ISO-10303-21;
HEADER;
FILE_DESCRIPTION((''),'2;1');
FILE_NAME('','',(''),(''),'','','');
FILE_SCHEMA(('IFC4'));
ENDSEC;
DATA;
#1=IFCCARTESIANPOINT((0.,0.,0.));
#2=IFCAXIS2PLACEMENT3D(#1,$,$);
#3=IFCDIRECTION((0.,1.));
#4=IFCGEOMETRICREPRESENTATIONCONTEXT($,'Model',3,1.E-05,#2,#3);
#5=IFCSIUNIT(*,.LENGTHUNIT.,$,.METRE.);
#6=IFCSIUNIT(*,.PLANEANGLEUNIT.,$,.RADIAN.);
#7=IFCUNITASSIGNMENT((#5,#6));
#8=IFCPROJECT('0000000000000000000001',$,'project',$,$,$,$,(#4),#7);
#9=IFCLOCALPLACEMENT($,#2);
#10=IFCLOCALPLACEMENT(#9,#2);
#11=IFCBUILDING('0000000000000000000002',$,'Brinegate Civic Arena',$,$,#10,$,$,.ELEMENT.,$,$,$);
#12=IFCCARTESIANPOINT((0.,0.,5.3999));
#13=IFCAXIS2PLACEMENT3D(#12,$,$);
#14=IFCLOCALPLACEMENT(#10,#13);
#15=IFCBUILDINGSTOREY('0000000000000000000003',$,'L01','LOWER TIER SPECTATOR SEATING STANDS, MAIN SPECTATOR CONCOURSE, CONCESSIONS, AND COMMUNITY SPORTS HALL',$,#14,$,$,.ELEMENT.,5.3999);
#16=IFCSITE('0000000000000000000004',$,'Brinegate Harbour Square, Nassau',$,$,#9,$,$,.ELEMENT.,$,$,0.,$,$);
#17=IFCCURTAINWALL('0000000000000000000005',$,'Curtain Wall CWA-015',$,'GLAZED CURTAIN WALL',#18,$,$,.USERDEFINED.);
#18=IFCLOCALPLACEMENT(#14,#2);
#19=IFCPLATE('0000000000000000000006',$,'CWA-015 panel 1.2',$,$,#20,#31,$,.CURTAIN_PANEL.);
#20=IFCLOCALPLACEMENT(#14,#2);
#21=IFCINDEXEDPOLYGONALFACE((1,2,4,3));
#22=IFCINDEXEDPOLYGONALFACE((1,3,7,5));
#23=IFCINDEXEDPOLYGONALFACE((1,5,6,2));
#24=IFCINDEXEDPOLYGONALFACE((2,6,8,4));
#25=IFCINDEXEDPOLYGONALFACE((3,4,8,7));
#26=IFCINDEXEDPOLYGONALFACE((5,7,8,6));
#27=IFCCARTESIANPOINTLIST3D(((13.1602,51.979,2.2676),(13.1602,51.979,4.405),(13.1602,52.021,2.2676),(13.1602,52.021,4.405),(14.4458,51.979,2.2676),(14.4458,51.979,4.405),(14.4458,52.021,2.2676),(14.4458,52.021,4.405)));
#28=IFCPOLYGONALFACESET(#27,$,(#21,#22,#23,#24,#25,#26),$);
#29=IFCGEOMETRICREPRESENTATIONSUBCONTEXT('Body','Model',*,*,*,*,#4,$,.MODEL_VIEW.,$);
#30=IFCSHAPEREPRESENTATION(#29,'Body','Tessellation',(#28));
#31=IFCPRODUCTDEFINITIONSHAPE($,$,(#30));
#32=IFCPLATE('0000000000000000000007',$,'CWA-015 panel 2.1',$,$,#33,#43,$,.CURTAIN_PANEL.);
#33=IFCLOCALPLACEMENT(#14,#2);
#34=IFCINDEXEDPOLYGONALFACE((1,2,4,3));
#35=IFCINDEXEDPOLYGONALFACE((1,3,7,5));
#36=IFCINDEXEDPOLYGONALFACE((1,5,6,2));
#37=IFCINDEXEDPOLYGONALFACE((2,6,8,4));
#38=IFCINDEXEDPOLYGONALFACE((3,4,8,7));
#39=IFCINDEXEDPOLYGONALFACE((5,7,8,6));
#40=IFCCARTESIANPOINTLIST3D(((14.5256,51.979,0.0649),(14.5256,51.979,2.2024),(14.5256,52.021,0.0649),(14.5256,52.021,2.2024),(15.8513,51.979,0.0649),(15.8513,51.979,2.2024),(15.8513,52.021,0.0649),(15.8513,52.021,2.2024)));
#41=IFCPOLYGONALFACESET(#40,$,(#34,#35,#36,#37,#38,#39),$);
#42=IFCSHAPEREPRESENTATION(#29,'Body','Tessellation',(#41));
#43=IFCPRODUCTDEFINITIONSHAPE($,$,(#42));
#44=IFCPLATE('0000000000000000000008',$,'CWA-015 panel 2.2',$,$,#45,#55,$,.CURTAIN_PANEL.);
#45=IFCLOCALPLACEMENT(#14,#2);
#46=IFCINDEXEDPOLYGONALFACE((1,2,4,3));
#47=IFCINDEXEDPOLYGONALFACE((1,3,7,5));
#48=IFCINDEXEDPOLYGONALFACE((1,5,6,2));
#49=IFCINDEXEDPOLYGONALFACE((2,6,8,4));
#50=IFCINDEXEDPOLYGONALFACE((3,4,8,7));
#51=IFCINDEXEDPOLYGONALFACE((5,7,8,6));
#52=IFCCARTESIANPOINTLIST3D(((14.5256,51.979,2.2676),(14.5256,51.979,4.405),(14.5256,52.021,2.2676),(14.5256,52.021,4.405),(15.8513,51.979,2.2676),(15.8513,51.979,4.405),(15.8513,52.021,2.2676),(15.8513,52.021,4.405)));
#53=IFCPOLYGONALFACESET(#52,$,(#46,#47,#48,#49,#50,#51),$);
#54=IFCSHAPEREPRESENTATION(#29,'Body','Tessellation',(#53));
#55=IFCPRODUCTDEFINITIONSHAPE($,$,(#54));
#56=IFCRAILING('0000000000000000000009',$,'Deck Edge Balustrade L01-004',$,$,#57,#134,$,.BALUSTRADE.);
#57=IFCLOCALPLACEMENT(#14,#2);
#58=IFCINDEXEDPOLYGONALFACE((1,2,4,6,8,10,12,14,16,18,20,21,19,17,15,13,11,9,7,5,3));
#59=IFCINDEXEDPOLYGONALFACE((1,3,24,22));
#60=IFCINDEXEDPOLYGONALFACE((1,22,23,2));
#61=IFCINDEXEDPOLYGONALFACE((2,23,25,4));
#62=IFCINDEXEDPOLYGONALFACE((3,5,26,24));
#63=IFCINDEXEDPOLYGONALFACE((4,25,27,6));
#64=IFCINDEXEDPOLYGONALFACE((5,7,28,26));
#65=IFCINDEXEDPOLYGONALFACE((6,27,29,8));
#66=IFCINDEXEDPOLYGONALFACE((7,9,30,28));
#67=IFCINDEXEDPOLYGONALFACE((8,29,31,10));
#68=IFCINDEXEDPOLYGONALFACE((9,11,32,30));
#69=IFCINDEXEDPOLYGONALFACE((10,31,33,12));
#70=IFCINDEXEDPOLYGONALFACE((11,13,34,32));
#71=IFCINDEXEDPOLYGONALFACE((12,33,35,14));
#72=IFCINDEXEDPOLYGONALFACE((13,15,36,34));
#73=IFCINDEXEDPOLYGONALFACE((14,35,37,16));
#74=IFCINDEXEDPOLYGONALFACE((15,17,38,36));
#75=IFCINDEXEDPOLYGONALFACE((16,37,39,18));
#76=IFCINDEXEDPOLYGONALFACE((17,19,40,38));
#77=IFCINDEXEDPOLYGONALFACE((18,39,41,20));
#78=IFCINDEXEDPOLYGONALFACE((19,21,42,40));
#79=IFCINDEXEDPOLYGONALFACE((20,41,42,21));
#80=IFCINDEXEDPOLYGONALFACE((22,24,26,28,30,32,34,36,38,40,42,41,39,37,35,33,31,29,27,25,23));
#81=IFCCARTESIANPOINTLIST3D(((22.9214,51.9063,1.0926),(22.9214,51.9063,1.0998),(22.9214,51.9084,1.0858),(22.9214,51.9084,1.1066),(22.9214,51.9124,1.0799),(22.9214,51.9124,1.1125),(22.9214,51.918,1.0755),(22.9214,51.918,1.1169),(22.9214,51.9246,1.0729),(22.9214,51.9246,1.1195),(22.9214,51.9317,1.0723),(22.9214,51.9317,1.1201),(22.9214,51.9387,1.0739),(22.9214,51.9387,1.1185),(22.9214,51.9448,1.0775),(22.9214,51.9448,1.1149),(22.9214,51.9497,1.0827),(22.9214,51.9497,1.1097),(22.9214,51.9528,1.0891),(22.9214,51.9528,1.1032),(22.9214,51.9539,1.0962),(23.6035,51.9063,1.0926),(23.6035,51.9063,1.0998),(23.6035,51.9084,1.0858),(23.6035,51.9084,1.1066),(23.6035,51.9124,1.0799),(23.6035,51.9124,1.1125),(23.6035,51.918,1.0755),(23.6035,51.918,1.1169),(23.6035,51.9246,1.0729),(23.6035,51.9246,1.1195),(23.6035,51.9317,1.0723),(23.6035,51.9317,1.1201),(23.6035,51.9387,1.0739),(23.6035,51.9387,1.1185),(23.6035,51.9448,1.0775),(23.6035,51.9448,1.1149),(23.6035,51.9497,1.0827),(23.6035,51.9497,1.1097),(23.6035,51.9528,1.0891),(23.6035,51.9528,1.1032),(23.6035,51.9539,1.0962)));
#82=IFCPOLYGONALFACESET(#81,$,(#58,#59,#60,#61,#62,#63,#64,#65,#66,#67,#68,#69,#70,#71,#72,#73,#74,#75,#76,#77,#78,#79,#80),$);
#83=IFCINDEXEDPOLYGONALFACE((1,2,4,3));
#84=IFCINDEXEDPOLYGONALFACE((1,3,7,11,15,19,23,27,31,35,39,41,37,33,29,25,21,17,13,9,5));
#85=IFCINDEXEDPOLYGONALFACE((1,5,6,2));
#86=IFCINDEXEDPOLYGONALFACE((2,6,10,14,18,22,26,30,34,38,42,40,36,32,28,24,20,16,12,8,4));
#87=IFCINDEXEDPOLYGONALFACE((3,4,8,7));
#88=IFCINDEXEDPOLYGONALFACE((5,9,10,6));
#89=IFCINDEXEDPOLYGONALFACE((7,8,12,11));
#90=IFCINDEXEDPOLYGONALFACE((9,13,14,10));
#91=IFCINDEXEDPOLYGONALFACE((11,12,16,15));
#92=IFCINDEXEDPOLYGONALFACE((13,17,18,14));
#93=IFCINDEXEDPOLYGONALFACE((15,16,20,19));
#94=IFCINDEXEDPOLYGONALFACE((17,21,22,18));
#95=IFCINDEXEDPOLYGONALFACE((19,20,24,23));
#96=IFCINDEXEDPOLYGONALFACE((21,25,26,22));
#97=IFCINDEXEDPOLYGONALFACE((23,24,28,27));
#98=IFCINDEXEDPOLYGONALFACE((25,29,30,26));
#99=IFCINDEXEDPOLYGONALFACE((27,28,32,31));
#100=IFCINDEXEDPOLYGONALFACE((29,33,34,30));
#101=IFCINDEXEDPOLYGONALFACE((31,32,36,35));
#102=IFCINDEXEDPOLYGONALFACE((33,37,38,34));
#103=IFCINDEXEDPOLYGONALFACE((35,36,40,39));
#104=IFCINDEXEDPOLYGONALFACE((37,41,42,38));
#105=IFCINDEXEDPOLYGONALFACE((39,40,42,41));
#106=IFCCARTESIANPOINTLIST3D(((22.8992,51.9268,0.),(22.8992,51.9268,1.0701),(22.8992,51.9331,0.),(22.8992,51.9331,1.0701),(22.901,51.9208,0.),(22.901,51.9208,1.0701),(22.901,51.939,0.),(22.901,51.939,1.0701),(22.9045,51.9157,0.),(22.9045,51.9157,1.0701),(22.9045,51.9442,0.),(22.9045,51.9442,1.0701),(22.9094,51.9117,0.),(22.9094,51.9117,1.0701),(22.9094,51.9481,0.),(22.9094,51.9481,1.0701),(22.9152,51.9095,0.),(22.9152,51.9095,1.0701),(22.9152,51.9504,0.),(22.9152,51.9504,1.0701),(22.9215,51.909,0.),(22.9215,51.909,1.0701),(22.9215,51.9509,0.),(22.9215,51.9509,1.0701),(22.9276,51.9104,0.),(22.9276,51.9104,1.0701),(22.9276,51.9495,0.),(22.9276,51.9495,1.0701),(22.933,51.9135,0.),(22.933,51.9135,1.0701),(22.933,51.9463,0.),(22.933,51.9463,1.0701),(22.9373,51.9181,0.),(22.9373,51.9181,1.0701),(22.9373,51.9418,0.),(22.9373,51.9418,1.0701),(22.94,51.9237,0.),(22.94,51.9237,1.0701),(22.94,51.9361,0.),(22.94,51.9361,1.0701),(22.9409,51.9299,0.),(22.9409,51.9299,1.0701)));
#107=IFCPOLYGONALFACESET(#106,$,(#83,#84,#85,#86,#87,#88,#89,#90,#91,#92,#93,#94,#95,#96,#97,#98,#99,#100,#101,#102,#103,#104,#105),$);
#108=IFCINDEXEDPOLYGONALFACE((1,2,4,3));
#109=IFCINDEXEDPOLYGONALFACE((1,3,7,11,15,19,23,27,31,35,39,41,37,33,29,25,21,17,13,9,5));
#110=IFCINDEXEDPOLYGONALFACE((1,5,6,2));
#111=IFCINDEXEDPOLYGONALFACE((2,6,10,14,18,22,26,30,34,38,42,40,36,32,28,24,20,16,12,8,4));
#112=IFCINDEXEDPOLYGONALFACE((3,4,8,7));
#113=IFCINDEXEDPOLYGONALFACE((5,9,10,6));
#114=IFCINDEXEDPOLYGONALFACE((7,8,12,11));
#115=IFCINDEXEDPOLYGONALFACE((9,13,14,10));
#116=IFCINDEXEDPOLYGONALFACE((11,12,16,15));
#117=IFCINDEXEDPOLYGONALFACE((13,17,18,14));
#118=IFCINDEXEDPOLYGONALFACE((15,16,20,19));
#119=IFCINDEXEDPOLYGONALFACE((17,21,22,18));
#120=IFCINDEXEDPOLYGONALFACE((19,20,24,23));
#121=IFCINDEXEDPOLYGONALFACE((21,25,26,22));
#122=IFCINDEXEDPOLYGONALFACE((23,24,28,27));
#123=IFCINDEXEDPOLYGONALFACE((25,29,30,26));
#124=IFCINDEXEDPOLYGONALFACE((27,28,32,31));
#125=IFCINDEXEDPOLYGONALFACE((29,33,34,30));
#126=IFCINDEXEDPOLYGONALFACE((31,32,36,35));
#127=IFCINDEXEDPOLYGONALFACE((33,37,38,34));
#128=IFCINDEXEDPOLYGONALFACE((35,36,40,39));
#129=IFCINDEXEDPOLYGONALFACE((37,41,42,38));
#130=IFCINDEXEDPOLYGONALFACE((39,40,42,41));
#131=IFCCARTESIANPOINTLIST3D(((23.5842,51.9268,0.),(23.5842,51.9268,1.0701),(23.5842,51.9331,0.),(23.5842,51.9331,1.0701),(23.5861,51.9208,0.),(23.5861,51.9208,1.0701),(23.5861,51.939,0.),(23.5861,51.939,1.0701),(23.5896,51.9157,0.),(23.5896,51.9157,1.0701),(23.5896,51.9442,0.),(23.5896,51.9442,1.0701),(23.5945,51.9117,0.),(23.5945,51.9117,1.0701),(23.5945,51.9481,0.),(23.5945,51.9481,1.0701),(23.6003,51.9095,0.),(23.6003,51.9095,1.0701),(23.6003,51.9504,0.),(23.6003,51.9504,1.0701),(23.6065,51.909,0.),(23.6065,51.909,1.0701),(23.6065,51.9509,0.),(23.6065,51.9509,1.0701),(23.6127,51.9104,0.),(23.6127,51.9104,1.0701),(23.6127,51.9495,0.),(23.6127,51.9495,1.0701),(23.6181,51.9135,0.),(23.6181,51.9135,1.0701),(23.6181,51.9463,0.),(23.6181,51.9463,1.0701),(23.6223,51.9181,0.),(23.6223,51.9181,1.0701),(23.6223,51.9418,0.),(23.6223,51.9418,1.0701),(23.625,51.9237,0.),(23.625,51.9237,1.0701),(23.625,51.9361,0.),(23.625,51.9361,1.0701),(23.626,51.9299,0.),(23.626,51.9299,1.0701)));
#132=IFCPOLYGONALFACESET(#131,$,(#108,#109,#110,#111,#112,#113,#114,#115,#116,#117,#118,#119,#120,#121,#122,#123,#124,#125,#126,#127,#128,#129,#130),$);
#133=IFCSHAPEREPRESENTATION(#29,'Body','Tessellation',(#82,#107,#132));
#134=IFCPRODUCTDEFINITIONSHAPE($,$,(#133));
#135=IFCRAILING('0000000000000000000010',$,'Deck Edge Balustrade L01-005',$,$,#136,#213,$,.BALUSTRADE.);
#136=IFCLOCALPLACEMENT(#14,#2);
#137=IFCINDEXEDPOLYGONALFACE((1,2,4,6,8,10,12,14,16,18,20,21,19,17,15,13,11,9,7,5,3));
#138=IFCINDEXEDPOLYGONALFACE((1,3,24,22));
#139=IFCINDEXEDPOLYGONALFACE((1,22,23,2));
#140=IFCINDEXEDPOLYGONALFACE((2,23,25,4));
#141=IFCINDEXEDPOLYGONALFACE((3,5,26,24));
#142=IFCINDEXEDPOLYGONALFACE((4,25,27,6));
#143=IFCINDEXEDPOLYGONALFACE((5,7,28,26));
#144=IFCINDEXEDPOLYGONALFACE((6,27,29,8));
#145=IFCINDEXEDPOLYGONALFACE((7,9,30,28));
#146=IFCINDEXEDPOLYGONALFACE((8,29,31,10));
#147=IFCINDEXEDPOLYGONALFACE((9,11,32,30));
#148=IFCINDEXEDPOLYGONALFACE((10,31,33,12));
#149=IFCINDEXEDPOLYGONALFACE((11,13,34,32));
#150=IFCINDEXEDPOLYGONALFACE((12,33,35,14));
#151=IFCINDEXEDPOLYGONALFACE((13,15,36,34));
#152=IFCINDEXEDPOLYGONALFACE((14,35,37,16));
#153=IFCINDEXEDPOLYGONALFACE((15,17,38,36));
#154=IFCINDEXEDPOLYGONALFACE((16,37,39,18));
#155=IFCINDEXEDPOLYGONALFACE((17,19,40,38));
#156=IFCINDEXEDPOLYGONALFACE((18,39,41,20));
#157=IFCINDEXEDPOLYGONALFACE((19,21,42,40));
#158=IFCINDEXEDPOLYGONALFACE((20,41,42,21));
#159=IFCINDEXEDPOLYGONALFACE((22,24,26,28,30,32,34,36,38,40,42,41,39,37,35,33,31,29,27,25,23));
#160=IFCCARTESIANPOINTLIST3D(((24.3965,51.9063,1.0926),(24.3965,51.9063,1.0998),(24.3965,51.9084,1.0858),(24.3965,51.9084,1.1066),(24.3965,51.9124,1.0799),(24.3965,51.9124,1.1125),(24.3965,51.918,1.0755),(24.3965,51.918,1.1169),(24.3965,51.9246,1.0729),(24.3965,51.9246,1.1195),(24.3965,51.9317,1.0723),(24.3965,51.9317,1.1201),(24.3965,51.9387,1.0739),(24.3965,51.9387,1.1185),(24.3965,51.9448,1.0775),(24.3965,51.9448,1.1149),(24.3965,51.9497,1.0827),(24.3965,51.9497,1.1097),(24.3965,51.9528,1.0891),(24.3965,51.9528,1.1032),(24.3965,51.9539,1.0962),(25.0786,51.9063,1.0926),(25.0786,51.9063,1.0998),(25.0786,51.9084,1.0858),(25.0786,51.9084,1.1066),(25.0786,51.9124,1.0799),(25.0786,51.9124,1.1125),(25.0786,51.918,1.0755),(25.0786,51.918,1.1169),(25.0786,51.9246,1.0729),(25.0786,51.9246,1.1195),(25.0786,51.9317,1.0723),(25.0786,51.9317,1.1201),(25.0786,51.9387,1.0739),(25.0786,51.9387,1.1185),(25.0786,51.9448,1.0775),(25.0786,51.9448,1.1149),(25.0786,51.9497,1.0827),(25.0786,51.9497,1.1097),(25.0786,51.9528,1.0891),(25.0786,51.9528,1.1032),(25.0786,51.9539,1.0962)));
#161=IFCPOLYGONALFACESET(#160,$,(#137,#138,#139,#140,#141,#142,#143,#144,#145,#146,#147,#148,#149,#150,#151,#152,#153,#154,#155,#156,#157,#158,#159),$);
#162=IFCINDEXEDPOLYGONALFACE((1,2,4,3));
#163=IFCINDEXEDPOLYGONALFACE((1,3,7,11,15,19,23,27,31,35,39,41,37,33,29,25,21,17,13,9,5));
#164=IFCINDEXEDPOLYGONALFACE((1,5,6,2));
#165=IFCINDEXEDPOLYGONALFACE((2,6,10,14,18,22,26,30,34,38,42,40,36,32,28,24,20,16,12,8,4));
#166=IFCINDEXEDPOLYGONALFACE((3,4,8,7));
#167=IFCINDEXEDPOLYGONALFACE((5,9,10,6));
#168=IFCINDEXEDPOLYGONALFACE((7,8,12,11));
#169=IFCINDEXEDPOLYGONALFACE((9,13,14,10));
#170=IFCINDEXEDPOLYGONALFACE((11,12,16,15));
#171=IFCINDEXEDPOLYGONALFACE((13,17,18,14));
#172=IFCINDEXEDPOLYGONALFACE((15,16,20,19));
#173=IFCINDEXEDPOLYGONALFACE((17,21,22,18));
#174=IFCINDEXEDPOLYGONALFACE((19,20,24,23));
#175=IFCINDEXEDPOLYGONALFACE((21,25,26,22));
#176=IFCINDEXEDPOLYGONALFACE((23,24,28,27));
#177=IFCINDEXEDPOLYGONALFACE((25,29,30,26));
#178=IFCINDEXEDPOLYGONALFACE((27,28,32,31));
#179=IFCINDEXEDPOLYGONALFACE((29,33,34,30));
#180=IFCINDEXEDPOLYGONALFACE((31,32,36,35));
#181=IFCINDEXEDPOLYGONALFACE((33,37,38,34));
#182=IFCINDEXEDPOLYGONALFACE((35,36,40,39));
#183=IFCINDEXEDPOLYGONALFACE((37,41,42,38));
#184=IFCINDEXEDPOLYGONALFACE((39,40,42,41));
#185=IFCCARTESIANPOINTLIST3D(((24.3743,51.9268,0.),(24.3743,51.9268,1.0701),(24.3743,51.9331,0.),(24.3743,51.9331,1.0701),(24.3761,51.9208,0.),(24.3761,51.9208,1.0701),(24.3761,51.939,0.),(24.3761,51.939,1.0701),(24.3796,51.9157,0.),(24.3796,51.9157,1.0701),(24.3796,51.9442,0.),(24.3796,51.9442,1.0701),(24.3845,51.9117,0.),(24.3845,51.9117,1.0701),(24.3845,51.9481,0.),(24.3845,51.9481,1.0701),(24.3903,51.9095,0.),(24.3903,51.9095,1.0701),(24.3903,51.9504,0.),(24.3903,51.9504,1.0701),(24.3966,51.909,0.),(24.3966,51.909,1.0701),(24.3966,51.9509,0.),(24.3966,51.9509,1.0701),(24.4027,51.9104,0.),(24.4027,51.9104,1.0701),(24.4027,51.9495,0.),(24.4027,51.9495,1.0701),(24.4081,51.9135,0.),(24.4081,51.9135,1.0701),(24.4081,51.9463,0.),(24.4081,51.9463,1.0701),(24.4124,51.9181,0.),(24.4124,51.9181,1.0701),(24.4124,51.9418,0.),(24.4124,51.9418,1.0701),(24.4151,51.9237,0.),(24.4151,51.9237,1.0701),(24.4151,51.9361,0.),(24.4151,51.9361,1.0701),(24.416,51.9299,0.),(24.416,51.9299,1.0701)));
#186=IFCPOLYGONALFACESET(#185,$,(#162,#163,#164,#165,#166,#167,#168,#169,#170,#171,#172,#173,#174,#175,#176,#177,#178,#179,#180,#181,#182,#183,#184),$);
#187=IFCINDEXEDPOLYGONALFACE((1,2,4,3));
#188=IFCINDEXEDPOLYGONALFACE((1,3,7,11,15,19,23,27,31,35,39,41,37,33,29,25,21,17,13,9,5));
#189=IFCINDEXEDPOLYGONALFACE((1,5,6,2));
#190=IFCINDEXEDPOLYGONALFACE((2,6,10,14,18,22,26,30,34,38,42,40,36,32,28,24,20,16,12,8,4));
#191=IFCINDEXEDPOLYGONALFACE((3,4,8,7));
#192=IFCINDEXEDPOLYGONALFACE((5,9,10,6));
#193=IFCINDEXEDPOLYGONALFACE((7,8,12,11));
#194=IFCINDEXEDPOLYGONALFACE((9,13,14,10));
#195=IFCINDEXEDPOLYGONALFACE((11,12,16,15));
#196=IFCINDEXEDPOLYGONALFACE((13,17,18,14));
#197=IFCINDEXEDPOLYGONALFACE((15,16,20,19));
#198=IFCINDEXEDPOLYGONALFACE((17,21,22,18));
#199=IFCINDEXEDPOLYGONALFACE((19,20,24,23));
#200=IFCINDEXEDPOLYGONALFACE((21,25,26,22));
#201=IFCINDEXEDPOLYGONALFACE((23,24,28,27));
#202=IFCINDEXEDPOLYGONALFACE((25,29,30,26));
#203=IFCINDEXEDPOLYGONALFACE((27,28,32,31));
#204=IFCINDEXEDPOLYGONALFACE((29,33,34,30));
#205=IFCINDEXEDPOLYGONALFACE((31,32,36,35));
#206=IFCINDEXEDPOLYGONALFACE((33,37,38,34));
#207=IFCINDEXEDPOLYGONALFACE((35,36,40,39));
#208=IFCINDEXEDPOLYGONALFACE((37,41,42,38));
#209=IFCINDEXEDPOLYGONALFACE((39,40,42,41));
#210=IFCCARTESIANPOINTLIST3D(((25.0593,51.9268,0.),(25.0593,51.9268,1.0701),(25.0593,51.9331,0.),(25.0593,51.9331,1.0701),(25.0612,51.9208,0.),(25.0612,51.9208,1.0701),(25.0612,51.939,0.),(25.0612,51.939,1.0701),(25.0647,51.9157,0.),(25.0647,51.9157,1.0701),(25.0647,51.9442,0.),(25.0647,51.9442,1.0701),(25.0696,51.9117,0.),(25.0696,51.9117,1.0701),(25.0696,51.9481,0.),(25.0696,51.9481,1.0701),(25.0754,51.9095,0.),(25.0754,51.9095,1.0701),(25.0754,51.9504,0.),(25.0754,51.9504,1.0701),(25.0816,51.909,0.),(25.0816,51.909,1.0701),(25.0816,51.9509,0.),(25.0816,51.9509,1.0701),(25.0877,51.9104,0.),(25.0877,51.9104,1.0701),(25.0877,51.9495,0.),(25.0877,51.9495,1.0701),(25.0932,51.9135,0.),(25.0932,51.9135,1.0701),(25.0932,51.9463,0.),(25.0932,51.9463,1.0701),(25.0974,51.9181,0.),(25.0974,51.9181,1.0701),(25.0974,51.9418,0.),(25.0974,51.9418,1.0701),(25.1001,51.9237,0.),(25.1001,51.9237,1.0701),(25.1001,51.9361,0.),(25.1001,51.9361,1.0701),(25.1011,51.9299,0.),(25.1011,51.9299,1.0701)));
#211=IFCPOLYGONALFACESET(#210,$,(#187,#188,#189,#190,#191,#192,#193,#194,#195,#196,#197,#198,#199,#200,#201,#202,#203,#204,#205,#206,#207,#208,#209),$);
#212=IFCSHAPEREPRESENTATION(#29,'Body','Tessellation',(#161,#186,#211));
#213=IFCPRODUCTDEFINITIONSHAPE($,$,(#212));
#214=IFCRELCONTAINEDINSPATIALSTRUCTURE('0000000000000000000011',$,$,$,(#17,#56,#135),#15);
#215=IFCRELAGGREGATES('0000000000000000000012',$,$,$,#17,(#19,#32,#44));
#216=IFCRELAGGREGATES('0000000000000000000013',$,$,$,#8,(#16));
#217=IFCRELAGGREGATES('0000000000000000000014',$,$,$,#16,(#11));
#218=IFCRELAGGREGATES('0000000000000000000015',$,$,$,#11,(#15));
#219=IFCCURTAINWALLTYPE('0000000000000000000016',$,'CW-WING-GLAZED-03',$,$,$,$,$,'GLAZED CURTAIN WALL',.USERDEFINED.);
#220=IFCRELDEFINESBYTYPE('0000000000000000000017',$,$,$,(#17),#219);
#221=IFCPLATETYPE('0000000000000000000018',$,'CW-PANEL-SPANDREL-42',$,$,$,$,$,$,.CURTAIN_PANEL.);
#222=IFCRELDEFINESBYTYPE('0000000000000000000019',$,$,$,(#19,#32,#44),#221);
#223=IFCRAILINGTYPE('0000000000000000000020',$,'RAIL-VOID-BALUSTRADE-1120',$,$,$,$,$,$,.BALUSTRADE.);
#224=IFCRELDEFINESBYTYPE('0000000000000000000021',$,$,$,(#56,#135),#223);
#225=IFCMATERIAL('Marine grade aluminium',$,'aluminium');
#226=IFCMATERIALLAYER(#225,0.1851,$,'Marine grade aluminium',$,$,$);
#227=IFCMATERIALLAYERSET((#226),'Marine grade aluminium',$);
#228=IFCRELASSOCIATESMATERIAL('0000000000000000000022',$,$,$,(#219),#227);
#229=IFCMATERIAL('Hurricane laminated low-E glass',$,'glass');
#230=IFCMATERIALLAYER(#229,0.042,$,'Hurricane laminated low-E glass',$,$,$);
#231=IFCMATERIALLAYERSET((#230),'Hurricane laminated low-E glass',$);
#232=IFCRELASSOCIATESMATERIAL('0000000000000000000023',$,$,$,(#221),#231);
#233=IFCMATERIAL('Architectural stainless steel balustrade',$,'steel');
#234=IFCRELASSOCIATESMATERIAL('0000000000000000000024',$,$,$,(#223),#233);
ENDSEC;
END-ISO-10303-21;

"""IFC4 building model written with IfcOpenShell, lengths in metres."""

from ifc_helpers import new_model, si_unit, direction, frame, origin, origin_2d, place, context, subcontext, project, spatial, rectangle, circle, extrude, material, layer, layer_set, type_object, element, aggregate, save


model = new_model("IFC4")

# Units and contexts
model_context = context("Model", 3, precision=1e-05, world=origin(), true_north=direction((0.0, 1.0)))
body_context = subcontext(model_context, "Body", "Model", "MODEL_VIEW")
ifc_project = project(units=[si_unit("LENGTHUNIT", "METRE"), si_unit("PLANEANGLEUNIT", "RADIAN")], contexts=[model_context])

# Site, building, storey
site_placement = place(None, origin())
site = spatial("IfcSite", under=ifc_project, at=site_placement, Name="Brinegate Harbour Square, Nassau", CompositionType="ELEMENT", RefElevation=0.0)
building_placement = place(site_placement, origin())
building = spatial("IfcBuilding", under=site, at=building_placement, Name="Brinegate Civic Arena", CompositionType="ELEMENT")
storey_placement = place(building_placement, frame((0.0, 0.0, 5.3999)))
storey = spatial("IfcBuildingStorey", under=building, at=storey_placement, Name="L01", Description="LOWER TIER SPECTATOR SEATING STANDS, MAIN SPECTATOR CONCOURSE, CONCESSIONS, AND COMMUNITY SPORTS HALL", CompositionType="ELEMENT", Elevation=5.3999)

# Shared definitions
ifc_material_1 = material(Name="Marine grade aluminium", Category="aluminium")
ifc_layer_1 = layer(ifc_material_1, 0.1851, Name="Marine grade aluminium")
ifc_layer_set_1 = layer_set([ifc_layer_1], Name="Marine grade aluminium")
curtain_wall_type = type_object("IfcCurtainWallType", Name="CW-WING-GLAZED-03", ElementType="GLAZED CURTAIN WALL", PredefinedType="USERDEFINED", material=ifc_layer_set_1)

# Curtain wall
curtain_wall_1_placement = place(storey_placement, origin())
curtain_wall_1 = element("IfcCurtainWall", 1, at=curtain_wall_1_placement, inside=storey, type_object=curtain_wall_type, Name="Curtain Wall CWA-015", ObjectType="GLAZED CURTAIN WALL", PredefinedType="USERDEFINED")

# Plates
ifc_material_2 = material(Name="Hurricane laminated low-E glass", Category="glass")
ifc_layer_2 = layer(ifc_material_2, 0.042, Name="Hurricane laminated low-E glass")
ifc_layer_set_2 = layer_set([ifc_layer_2], Name="Hurricane laminated low-E glass")
plate_type_1 = type_object("IfcPlateType", Name="CW-PANEL-SPANDREL-42", PredefinedType="CURTAIN_PANEL", material=ifc_layer_set_2)
plate_1_placement = place(storey_placement, frame((13.803, 52.0, 2.2676), z_axis=(0.0, 0.0, 1.0), x_axis=(1.0, 0.0, 0.0)))
plate_1 = element("IfcPlate", 2, at=plate_1_placement, type_object=plate_type_1, Name="CWA-015 panel 1.2", PredefinedType="CURTAIN_PANEL", context=body_context, shape_type="SweptSolid", body=[
    extrude(rectangle(XDim=1.2856, YDim=0.042, at=origin_2d()), origin(), (0.0, 0.0, 1.0), 2.1375),
])
plate_2_placement = place(storey_placement, frame((15.1885, 52.0, 0.0649), z_axis=(0.0, 0.0, 1.0), x_axis=(1.0, 0.0, 0.0)))
plate_2 = element("IfcPlate", 3, at=plate_2_placement, type_object=plate_type_1, Name="CWA-015 panel 2.1", PredefinedType="CURTAIN_PANEL", context=body_context, shape_type="SweptSolid", body=[
    extrude(rectangle(XDim=1.3257, YDim=0.042, at=origin_2d()), origin(), (0.0, 0.0, 1.0), 2.1375),
])
plate_3_placement = place(storey_placement, frame((15.1885, 52.0, 2.2676), z_axis=(0.0, 0.0, 1.0), x_axis=(1.0, 0.0, 0.0)))
plate_3 = element("IfcPlate", 4, at=plate_3_placement, type_object=plate_type_1, Name="CWA-015 panel 2.2", PredefinedType="CURTAIN_PANEL", context=body_context, shape_type="SweptSolid", body=[
    extrude(rectangle(XDim=1.3257, YDim=0.042, at=origin_2d()), origin(), (0.0, 0.0, 1.0), 2.1375),
])
aggregate(curtain_wall_1, [plate_1, plate_2, plate_3])

# Railings
ifc_material_3 = material(Name="Architectural stainless steel balustrade", Category="steel")
railing_type = type_object("IfcRailingType", Name="RAIL-VOID-BALUSTRADE-1120", PredefinedType="BALUSTRADE", material=ifc_material_3)
for number, where, name in (
    (5, (22.9199, 51.9299, 0.0), "Deck Edge Balustrade L01-004"),
    (6, (24.395, 51.9299, 0.0), "Deck Edge Balustrade L01-005"),
):
    element("IfcRailing", number, at=place(storey_placement, frame(where)), inside=storey, type_object=railing_type, Name=name, PredefinedType="BALUSTRADE", context=body_context, shape_type="SweptSolid", body=[
        extrude(circle(Radius=0.0239, at=origin_2d()), frame((0.0015, 0.0, 1.0962), z_axis=(1.0, 0.0, 0.0), x_axis=(0.0, 1.0, 0.0)), (0.0, 0.0, 1.0), 0.6821),
        extrude(circle(Radius=0.021, at=origin_2d()), origin(), (0.0, 0.0, 1.0), 1.0701),
        extrude(circle(Radius=0.021, at=origin_2d()), frame((0.6851, 0.0, 0.0)), (0.0, 0.0, 1.0), 1.0701),
    ])

save(model, "model.ifc")
